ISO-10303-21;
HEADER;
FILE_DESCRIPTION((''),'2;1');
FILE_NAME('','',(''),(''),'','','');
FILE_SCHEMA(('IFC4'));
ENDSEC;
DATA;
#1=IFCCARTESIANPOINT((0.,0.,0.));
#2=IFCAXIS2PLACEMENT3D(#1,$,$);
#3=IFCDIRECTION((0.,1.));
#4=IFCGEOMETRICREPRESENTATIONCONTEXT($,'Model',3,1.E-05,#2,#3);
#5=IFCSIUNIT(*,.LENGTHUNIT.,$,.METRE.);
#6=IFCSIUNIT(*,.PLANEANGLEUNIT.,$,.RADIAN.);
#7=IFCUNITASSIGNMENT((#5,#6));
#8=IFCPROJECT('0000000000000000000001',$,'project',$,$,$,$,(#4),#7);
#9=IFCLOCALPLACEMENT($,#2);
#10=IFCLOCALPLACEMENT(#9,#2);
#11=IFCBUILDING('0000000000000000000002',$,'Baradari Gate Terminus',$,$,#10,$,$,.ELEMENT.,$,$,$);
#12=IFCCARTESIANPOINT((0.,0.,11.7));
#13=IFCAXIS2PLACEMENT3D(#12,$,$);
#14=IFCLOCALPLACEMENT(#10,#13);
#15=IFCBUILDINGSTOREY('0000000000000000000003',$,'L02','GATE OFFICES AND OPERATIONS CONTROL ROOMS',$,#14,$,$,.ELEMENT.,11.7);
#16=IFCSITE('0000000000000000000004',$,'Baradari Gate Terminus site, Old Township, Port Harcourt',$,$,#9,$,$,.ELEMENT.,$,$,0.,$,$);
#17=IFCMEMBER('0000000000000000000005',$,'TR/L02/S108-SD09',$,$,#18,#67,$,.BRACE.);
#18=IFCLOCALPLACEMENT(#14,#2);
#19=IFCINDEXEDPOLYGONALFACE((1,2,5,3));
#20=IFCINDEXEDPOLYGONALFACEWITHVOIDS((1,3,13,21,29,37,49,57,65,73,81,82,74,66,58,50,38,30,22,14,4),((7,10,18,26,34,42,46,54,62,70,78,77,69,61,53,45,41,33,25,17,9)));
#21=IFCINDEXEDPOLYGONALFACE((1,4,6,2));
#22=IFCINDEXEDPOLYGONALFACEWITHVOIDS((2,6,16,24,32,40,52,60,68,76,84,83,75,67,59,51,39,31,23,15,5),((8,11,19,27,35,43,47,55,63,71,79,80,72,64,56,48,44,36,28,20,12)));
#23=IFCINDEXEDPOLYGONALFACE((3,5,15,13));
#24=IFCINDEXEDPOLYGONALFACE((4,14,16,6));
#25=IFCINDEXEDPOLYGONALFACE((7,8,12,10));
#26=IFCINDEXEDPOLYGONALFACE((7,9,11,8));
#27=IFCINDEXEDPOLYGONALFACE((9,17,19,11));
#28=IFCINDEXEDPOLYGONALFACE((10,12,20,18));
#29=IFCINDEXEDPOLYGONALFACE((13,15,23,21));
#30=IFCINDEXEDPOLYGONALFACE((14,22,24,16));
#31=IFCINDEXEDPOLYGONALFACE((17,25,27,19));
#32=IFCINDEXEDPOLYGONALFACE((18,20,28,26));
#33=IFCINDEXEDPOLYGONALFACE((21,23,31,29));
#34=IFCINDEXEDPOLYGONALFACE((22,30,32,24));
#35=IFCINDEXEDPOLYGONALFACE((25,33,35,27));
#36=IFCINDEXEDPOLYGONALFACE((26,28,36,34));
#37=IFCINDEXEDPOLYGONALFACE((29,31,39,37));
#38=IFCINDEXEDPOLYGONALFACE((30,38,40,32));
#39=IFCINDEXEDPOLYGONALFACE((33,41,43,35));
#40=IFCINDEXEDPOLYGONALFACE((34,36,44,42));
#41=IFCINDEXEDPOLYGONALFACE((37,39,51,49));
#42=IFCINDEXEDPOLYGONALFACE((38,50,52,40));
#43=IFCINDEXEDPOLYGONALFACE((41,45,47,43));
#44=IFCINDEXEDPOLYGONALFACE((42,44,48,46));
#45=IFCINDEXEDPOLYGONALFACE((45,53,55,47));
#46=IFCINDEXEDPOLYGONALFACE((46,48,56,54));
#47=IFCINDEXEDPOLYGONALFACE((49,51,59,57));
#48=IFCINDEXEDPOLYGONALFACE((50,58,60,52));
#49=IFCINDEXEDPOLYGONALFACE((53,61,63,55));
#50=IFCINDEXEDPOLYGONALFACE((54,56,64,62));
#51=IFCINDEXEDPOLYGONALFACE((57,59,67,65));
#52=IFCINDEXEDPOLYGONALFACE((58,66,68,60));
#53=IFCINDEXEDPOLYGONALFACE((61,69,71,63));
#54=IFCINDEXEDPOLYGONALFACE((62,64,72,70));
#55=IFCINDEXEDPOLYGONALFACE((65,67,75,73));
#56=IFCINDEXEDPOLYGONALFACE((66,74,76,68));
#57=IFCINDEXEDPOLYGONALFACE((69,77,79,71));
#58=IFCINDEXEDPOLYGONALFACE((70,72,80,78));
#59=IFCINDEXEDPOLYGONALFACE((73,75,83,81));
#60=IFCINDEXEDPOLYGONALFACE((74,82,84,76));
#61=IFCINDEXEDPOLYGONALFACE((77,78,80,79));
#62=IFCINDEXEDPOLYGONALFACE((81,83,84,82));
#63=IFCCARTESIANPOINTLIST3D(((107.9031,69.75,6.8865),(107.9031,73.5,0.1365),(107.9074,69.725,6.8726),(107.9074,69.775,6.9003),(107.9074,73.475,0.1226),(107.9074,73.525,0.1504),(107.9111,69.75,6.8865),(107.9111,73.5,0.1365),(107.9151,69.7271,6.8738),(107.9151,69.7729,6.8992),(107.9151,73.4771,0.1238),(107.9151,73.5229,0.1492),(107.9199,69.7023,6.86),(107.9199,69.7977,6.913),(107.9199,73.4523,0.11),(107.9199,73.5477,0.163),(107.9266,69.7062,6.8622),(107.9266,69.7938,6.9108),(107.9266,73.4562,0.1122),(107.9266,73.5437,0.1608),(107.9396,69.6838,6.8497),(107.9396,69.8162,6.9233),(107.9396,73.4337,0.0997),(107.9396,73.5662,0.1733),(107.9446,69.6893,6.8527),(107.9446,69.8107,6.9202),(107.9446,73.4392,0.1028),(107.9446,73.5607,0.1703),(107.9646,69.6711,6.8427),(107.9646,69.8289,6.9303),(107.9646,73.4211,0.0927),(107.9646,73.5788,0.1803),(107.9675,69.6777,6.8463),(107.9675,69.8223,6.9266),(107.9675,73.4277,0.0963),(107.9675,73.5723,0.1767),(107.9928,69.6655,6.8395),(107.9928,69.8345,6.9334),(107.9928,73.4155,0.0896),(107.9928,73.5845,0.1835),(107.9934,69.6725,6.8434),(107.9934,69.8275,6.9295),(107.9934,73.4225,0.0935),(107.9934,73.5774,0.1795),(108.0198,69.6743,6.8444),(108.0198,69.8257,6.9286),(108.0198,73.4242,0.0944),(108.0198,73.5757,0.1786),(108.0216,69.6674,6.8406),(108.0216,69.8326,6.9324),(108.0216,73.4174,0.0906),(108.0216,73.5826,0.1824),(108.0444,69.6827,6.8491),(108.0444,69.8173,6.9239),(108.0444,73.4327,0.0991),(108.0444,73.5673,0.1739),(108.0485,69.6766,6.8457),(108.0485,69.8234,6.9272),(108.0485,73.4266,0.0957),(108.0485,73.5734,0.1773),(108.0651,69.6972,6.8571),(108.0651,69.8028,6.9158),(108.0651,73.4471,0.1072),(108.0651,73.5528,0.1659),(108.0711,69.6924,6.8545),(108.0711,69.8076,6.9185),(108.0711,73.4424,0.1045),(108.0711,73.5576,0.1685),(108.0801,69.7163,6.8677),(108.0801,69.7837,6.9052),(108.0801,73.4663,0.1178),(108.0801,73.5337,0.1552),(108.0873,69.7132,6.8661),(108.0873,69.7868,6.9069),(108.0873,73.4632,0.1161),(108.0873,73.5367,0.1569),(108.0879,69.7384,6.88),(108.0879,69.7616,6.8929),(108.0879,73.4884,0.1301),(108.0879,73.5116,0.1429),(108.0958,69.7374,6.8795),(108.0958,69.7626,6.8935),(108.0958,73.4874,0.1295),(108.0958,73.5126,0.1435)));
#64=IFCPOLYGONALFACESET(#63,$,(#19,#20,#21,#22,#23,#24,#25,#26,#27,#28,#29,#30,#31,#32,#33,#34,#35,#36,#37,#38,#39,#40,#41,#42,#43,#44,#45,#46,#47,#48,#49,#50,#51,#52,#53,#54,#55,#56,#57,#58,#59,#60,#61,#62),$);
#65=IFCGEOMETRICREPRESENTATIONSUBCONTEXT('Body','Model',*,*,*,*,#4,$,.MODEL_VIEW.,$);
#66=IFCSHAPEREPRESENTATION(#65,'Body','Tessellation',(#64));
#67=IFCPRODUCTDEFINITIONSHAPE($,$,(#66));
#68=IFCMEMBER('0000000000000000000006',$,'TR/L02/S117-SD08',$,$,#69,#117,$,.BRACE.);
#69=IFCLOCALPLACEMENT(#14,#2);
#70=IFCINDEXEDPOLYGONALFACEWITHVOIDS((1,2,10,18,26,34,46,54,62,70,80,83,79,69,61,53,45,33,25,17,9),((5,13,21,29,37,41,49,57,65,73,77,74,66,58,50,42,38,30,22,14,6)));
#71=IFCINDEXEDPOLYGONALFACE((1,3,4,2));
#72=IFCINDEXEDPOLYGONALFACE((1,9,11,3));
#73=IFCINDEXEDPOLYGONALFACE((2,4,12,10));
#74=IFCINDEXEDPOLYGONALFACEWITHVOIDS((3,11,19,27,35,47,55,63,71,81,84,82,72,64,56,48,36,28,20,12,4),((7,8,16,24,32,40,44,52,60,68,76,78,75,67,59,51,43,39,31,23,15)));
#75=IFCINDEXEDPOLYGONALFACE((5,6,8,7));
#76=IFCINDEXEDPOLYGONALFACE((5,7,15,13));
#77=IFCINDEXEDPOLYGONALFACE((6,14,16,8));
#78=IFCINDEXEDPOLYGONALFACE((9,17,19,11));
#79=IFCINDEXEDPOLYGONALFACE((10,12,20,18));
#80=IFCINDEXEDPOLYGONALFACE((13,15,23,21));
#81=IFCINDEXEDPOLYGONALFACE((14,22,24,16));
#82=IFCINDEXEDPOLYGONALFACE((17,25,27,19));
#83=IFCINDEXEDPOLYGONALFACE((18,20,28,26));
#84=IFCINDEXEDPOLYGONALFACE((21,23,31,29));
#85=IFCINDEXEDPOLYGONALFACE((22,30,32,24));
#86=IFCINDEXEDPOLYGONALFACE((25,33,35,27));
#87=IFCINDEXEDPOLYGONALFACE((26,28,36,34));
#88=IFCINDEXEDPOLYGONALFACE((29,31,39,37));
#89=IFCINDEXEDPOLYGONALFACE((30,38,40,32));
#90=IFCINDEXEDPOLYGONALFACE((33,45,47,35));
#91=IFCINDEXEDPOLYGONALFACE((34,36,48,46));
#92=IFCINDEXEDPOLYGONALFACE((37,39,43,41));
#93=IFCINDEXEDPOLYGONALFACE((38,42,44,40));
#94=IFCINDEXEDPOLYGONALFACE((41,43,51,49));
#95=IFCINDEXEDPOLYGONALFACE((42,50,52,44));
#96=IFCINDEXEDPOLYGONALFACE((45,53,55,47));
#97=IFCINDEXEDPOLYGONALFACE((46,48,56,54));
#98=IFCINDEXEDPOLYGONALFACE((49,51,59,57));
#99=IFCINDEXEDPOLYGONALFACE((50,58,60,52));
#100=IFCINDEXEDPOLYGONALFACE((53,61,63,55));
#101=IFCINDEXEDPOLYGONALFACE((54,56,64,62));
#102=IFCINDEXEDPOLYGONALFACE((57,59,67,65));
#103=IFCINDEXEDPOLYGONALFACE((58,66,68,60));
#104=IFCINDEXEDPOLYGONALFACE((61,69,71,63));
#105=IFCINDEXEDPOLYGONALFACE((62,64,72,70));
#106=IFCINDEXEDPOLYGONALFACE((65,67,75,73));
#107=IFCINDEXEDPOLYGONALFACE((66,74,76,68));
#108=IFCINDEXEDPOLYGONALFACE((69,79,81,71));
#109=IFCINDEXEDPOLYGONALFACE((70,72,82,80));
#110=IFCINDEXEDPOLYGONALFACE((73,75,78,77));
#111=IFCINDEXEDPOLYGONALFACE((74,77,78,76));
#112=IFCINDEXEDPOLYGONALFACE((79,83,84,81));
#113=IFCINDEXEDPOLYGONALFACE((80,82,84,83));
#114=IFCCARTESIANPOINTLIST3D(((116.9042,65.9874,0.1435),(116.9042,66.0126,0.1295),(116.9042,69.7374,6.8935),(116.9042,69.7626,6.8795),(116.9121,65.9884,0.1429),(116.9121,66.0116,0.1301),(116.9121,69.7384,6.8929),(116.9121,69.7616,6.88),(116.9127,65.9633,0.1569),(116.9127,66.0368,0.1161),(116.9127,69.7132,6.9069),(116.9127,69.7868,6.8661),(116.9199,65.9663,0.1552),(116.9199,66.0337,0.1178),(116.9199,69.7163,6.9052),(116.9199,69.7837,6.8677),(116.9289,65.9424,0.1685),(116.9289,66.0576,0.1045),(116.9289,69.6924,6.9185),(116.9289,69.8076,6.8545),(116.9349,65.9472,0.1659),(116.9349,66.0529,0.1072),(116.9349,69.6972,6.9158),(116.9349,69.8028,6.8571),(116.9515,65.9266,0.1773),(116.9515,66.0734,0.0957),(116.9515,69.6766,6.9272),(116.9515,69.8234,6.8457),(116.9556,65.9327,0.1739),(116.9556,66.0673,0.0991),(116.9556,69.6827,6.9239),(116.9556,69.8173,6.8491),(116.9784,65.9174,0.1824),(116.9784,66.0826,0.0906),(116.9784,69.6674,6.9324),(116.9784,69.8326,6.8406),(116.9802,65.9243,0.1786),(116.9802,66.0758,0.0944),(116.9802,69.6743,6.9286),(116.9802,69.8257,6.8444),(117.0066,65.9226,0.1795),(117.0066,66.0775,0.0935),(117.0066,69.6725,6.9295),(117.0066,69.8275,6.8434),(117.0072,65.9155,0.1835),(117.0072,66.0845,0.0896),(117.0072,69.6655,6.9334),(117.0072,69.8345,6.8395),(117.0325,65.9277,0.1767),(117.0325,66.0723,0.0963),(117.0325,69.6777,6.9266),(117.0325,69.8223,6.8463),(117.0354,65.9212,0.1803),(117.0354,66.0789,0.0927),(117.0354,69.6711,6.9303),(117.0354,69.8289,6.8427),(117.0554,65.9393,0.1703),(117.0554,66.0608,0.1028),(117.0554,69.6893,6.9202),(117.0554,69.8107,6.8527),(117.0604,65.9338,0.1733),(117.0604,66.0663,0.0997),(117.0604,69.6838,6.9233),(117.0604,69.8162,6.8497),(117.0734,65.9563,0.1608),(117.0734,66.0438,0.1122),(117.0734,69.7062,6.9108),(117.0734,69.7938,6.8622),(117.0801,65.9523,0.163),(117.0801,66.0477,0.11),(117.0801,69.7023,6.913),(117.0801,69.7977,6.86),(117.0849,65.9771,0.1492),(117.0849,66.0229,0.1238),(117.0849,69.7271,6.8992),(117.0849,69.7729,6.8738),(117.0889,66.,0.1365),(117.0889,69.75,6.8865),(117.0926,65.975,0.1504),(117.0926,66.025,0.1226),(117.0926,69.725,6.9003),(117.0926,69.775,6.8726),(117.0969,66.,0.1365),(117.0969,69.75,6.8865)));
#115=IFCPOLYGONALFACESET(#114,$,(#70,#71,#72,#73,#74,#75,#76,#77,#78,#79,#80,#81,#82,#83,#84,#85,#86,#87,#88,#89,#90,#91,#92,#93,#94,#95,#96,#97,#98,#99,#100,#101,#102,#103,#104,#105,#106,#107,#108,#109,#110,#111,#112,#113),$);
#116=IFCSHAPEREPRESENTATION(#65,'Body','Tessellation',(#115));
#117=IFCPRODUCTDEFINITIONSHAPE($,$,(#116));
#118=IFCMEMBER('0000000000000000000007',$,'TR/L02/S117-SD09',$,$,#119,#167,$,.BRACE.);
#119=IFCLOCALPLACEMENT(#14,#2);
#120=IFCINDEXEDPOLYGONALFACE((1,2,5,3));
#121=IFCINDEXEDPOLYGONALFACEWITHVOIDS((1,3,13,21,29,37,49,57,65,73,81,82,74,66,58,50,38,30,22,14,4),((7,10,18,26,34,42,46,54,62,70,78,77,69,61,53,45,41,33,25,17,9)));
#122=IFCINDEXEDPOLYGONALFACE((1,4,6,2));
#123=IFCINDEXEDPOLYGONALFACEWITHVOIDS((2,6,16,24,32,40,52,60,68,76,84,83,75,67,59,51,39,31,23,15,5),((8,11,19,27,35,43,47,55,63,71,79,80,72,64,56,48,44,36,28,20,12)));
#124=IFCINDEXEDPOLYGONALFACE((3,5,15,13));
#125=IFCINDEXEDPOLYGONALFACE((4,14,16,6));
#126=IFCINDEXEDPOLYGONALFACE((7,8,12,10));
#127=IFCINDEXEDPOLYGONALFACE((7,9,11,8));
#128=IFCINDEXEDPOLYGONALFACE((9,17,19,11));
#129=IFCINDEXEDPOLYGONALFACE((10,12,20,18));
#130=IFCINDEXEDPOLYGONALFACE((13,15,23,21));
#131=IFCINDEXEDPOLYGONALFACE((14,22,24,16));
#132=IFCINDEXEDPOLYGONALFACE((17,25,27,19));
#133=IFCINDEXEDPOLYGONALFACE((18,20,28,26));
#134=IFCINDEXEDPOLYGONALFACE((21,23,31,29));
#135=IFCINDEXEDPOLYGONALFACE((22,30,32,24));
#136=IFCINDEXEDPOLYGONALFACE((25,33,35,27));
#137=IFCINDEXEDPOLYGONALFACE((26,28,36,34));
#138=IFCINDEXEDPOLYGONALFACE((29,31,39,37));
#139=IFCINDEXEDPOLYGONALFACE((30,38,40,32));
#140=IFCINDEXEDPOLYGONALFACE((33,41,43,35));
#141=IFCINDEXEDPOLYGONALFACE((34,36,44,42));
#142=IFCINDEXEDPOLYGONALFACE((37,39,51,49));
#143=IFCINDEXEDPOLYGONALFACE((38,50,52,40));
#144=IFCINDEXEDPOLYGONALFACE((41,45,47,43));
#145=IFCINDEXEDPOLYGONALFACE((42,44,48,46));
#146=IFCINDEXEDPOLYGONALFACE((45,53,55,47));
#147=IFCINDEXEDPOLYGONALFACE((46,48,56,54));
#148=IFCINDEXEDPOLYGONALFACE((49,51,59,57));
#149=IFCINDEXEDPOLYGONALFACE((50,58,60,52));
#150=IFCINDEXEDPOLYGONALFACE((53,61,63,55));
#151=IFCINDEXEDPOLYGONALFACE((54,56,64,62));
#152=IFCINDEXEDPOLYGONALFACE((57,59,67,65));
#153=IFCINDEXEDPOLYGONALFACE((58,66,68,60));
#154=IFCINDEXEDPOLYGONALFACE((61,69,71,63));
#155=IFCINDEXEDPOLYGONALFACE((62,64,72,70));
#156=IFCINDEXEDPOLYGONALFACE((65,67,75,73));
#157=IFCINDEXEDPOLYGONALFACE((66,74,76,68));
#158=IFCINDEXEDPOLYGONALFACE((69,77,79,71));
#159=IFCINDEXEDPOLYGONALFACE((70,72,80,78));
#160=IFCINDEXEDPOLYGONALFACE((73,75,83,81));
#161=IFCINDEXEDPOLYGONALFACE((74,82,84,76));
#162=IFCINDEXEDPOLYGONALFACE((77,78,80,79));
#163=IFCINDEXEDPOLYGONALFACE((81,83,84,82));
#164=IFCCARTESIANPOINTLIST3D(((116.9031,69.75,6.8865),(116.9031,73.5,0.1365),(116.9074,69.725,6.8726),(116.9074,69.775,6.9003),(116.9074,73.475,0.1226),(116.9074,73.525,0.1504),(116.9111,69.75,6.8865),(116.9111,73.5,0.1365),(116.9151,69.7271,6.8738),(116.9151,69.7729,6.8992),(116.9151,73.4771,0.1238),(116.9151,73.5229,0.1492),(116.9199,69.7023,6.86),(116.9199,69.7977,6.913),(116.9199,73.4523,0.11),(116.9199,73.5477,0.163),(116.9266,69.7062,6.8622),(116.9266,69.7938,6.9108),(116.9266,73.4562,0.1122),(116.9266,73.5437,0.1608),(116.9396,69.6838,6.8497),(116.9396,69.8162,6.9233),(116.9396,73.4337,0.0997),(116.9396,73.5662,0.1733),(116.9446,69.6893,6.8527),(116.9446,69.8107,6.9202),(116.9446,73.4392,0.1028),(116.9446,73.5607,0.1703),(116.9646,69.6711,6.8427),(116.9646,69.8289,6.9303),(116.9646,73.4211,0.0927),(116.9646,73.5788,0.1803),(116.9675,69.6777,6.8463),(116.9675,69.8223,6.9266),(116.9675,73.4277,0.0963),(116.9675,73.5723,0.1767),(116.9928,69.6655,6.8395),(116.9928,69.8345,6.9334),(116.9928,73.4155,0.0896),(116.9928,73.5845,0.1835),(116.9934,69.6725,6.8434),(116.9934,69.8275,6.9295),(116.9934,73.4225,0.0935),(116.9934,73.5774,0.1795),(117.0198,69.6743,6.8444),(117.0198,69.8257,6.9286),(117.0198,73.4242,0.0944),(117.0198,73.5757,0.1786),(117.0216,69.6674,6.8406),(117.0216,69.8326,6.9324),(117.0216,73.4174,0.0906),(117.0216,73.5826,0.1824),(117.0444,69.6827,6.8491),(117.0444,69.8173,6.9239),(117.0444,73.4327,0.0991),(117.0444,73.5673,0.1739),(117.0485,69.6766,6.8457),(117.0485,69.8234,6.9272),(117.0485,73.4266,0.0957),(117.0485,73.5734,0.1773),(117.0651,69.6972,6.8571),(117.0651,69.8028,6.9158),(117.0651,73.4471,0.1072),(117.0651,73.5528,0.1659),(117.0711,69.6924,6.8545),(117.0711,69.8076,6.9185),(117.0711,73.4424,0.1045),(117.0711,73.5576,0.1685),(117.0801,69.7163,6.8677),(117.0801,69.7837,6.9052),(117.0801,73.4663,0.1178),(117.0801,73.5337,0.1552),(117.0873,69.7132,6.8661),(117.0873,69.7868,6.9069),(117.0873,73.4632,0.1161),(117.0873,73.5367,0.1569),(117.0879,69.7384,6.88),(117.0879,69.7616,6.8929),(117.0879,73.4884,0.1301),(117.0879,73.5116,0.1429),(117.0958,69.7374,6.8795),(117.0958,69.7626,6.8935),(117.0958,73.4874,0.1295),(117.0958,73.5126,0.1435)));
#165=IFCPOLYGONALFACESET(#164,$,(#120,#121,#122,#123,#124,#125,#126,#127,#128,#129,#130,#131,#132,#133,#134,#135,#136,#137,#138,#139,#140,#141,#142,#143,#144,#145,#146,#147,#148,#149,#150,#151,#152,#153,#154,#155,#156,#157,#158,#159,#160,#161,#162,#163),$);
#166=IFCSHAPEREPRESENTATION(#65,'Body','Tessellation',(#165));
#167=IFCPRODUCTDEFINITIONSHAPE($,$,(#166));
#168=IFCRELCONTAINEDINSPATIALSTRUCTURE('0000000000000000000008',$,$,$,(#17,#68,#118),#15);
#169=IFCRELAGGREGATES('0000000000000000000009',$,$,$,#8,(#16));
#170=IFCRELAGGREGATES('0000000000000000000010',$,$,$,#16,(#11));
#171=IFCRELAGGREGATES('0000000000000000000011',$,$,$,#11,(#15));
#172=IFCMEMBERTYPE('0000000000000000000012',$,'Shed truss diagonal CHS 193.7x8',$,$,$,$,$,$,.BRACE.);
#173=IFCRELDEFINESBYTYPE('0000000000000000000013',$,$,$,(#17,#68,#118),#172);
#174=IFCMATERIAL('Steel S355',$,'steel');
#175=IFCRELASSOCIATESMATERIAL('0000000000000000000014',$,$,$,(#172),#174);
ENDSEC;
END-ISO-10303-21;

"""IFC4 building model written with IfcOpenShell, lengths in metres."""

from ifc_helpers import new_model, si_unit, direction, frame, origin, origin_2d, place, context, subcontext, project, spatial, hollow_circle, extrude, material, material_profile, profile_set, type_object, element, save


model = new_model("IFC4")

# Units and contexts
model_context = context("Model", 3, precision=1e-05, world=origin(), true_north=direction((0.0, 1.0)))
body_context = subcontext(model_context, "Body", "Model", "MODEL_VIEW")
ifc_project = project(units=[si_unit("LENGTHUNIT", "METRE"), si_unit("PLANEANGLEUNIT", "RADIAN")], contexts=[model_context])

# Site, building, storey
site_placement = place(None, origin())
site = spatial("IfcSite", under=ifc_project, at=site_placement, Name="Baradari Gate Terminus site, Old Township, Port Harcourt", CompositionType="ELEMENT", RefElevation=0.0)
building_placement = place(site_placement, origin())
building = spatial("IfcBuilding", under=site, at=building_placement, Name="Baradari Gate Terminus", CompositionType="ELEMENT")
storey_placement = place(building_placement, frame((0.0, 0.0, 11.7)))
storey = spatial("IfcBuildingStorey", under=building, at=storey_placement, Name="L02", Description="GATE OFFICES AND OPERATIONS CONTROL ROOMS", CompositionType="ELEMENT", Elevation=11.7)

# Members
ifc_material_1 = material(Name="Steel S355", Category="steel")
ifc_material_profile_1 = material_profile(ifc_material_1, hollow_circle(Radius=0.0969, WallThickness=0.0081, at=origin_2d()), Name="CHS 193.7x8")
ifc_profile_set_1 = profile_set([ifc_material_profile_1], Name="Steel S355")
member_type_1 = type_object("IfcMemberType", Name="Shed truss diagonal CHS 193.7x8", PredefinedType="BRACE", material=ifc_profile_set_1)
for number, where, z_axis, x_axis, name in (
    (1, (108.0, 69.75, 6.8865), (0.0, 0.485643, -0.874157), (-1.0, 0.0, 0.0), "TR/L02/S108-SD09"),
    (2, (117.0, 69.75, 6.8865), (0.0, -0.485643, -0.874157), (1.0, 0.0, 0.0), "TR/L02/S117-SD08"),
    (3, (117.0, 69.75, 6.8865), (0.0, 0.485643, -0.874157), (-1.0, 0.0, 0.0), "TR/L02/S117-SD09"),
):
    element("IfcMember", number, at=place(storey_placement, frame(where, z_axis=z_axis, x_axis=x_axis)), inside=storey, type_object=member_type_1, Name=name, PredefinedType="BRACE", context=body_context, shape_type="SweptSolid", body=[
        extrude(hollow_circle(Radius=0.0969, WallThickness=0.0081, at=origin_2d()), origin(), (0.0, 0.0, 1.0), 7.7217),
    ])

save(model, "model.ifc")
